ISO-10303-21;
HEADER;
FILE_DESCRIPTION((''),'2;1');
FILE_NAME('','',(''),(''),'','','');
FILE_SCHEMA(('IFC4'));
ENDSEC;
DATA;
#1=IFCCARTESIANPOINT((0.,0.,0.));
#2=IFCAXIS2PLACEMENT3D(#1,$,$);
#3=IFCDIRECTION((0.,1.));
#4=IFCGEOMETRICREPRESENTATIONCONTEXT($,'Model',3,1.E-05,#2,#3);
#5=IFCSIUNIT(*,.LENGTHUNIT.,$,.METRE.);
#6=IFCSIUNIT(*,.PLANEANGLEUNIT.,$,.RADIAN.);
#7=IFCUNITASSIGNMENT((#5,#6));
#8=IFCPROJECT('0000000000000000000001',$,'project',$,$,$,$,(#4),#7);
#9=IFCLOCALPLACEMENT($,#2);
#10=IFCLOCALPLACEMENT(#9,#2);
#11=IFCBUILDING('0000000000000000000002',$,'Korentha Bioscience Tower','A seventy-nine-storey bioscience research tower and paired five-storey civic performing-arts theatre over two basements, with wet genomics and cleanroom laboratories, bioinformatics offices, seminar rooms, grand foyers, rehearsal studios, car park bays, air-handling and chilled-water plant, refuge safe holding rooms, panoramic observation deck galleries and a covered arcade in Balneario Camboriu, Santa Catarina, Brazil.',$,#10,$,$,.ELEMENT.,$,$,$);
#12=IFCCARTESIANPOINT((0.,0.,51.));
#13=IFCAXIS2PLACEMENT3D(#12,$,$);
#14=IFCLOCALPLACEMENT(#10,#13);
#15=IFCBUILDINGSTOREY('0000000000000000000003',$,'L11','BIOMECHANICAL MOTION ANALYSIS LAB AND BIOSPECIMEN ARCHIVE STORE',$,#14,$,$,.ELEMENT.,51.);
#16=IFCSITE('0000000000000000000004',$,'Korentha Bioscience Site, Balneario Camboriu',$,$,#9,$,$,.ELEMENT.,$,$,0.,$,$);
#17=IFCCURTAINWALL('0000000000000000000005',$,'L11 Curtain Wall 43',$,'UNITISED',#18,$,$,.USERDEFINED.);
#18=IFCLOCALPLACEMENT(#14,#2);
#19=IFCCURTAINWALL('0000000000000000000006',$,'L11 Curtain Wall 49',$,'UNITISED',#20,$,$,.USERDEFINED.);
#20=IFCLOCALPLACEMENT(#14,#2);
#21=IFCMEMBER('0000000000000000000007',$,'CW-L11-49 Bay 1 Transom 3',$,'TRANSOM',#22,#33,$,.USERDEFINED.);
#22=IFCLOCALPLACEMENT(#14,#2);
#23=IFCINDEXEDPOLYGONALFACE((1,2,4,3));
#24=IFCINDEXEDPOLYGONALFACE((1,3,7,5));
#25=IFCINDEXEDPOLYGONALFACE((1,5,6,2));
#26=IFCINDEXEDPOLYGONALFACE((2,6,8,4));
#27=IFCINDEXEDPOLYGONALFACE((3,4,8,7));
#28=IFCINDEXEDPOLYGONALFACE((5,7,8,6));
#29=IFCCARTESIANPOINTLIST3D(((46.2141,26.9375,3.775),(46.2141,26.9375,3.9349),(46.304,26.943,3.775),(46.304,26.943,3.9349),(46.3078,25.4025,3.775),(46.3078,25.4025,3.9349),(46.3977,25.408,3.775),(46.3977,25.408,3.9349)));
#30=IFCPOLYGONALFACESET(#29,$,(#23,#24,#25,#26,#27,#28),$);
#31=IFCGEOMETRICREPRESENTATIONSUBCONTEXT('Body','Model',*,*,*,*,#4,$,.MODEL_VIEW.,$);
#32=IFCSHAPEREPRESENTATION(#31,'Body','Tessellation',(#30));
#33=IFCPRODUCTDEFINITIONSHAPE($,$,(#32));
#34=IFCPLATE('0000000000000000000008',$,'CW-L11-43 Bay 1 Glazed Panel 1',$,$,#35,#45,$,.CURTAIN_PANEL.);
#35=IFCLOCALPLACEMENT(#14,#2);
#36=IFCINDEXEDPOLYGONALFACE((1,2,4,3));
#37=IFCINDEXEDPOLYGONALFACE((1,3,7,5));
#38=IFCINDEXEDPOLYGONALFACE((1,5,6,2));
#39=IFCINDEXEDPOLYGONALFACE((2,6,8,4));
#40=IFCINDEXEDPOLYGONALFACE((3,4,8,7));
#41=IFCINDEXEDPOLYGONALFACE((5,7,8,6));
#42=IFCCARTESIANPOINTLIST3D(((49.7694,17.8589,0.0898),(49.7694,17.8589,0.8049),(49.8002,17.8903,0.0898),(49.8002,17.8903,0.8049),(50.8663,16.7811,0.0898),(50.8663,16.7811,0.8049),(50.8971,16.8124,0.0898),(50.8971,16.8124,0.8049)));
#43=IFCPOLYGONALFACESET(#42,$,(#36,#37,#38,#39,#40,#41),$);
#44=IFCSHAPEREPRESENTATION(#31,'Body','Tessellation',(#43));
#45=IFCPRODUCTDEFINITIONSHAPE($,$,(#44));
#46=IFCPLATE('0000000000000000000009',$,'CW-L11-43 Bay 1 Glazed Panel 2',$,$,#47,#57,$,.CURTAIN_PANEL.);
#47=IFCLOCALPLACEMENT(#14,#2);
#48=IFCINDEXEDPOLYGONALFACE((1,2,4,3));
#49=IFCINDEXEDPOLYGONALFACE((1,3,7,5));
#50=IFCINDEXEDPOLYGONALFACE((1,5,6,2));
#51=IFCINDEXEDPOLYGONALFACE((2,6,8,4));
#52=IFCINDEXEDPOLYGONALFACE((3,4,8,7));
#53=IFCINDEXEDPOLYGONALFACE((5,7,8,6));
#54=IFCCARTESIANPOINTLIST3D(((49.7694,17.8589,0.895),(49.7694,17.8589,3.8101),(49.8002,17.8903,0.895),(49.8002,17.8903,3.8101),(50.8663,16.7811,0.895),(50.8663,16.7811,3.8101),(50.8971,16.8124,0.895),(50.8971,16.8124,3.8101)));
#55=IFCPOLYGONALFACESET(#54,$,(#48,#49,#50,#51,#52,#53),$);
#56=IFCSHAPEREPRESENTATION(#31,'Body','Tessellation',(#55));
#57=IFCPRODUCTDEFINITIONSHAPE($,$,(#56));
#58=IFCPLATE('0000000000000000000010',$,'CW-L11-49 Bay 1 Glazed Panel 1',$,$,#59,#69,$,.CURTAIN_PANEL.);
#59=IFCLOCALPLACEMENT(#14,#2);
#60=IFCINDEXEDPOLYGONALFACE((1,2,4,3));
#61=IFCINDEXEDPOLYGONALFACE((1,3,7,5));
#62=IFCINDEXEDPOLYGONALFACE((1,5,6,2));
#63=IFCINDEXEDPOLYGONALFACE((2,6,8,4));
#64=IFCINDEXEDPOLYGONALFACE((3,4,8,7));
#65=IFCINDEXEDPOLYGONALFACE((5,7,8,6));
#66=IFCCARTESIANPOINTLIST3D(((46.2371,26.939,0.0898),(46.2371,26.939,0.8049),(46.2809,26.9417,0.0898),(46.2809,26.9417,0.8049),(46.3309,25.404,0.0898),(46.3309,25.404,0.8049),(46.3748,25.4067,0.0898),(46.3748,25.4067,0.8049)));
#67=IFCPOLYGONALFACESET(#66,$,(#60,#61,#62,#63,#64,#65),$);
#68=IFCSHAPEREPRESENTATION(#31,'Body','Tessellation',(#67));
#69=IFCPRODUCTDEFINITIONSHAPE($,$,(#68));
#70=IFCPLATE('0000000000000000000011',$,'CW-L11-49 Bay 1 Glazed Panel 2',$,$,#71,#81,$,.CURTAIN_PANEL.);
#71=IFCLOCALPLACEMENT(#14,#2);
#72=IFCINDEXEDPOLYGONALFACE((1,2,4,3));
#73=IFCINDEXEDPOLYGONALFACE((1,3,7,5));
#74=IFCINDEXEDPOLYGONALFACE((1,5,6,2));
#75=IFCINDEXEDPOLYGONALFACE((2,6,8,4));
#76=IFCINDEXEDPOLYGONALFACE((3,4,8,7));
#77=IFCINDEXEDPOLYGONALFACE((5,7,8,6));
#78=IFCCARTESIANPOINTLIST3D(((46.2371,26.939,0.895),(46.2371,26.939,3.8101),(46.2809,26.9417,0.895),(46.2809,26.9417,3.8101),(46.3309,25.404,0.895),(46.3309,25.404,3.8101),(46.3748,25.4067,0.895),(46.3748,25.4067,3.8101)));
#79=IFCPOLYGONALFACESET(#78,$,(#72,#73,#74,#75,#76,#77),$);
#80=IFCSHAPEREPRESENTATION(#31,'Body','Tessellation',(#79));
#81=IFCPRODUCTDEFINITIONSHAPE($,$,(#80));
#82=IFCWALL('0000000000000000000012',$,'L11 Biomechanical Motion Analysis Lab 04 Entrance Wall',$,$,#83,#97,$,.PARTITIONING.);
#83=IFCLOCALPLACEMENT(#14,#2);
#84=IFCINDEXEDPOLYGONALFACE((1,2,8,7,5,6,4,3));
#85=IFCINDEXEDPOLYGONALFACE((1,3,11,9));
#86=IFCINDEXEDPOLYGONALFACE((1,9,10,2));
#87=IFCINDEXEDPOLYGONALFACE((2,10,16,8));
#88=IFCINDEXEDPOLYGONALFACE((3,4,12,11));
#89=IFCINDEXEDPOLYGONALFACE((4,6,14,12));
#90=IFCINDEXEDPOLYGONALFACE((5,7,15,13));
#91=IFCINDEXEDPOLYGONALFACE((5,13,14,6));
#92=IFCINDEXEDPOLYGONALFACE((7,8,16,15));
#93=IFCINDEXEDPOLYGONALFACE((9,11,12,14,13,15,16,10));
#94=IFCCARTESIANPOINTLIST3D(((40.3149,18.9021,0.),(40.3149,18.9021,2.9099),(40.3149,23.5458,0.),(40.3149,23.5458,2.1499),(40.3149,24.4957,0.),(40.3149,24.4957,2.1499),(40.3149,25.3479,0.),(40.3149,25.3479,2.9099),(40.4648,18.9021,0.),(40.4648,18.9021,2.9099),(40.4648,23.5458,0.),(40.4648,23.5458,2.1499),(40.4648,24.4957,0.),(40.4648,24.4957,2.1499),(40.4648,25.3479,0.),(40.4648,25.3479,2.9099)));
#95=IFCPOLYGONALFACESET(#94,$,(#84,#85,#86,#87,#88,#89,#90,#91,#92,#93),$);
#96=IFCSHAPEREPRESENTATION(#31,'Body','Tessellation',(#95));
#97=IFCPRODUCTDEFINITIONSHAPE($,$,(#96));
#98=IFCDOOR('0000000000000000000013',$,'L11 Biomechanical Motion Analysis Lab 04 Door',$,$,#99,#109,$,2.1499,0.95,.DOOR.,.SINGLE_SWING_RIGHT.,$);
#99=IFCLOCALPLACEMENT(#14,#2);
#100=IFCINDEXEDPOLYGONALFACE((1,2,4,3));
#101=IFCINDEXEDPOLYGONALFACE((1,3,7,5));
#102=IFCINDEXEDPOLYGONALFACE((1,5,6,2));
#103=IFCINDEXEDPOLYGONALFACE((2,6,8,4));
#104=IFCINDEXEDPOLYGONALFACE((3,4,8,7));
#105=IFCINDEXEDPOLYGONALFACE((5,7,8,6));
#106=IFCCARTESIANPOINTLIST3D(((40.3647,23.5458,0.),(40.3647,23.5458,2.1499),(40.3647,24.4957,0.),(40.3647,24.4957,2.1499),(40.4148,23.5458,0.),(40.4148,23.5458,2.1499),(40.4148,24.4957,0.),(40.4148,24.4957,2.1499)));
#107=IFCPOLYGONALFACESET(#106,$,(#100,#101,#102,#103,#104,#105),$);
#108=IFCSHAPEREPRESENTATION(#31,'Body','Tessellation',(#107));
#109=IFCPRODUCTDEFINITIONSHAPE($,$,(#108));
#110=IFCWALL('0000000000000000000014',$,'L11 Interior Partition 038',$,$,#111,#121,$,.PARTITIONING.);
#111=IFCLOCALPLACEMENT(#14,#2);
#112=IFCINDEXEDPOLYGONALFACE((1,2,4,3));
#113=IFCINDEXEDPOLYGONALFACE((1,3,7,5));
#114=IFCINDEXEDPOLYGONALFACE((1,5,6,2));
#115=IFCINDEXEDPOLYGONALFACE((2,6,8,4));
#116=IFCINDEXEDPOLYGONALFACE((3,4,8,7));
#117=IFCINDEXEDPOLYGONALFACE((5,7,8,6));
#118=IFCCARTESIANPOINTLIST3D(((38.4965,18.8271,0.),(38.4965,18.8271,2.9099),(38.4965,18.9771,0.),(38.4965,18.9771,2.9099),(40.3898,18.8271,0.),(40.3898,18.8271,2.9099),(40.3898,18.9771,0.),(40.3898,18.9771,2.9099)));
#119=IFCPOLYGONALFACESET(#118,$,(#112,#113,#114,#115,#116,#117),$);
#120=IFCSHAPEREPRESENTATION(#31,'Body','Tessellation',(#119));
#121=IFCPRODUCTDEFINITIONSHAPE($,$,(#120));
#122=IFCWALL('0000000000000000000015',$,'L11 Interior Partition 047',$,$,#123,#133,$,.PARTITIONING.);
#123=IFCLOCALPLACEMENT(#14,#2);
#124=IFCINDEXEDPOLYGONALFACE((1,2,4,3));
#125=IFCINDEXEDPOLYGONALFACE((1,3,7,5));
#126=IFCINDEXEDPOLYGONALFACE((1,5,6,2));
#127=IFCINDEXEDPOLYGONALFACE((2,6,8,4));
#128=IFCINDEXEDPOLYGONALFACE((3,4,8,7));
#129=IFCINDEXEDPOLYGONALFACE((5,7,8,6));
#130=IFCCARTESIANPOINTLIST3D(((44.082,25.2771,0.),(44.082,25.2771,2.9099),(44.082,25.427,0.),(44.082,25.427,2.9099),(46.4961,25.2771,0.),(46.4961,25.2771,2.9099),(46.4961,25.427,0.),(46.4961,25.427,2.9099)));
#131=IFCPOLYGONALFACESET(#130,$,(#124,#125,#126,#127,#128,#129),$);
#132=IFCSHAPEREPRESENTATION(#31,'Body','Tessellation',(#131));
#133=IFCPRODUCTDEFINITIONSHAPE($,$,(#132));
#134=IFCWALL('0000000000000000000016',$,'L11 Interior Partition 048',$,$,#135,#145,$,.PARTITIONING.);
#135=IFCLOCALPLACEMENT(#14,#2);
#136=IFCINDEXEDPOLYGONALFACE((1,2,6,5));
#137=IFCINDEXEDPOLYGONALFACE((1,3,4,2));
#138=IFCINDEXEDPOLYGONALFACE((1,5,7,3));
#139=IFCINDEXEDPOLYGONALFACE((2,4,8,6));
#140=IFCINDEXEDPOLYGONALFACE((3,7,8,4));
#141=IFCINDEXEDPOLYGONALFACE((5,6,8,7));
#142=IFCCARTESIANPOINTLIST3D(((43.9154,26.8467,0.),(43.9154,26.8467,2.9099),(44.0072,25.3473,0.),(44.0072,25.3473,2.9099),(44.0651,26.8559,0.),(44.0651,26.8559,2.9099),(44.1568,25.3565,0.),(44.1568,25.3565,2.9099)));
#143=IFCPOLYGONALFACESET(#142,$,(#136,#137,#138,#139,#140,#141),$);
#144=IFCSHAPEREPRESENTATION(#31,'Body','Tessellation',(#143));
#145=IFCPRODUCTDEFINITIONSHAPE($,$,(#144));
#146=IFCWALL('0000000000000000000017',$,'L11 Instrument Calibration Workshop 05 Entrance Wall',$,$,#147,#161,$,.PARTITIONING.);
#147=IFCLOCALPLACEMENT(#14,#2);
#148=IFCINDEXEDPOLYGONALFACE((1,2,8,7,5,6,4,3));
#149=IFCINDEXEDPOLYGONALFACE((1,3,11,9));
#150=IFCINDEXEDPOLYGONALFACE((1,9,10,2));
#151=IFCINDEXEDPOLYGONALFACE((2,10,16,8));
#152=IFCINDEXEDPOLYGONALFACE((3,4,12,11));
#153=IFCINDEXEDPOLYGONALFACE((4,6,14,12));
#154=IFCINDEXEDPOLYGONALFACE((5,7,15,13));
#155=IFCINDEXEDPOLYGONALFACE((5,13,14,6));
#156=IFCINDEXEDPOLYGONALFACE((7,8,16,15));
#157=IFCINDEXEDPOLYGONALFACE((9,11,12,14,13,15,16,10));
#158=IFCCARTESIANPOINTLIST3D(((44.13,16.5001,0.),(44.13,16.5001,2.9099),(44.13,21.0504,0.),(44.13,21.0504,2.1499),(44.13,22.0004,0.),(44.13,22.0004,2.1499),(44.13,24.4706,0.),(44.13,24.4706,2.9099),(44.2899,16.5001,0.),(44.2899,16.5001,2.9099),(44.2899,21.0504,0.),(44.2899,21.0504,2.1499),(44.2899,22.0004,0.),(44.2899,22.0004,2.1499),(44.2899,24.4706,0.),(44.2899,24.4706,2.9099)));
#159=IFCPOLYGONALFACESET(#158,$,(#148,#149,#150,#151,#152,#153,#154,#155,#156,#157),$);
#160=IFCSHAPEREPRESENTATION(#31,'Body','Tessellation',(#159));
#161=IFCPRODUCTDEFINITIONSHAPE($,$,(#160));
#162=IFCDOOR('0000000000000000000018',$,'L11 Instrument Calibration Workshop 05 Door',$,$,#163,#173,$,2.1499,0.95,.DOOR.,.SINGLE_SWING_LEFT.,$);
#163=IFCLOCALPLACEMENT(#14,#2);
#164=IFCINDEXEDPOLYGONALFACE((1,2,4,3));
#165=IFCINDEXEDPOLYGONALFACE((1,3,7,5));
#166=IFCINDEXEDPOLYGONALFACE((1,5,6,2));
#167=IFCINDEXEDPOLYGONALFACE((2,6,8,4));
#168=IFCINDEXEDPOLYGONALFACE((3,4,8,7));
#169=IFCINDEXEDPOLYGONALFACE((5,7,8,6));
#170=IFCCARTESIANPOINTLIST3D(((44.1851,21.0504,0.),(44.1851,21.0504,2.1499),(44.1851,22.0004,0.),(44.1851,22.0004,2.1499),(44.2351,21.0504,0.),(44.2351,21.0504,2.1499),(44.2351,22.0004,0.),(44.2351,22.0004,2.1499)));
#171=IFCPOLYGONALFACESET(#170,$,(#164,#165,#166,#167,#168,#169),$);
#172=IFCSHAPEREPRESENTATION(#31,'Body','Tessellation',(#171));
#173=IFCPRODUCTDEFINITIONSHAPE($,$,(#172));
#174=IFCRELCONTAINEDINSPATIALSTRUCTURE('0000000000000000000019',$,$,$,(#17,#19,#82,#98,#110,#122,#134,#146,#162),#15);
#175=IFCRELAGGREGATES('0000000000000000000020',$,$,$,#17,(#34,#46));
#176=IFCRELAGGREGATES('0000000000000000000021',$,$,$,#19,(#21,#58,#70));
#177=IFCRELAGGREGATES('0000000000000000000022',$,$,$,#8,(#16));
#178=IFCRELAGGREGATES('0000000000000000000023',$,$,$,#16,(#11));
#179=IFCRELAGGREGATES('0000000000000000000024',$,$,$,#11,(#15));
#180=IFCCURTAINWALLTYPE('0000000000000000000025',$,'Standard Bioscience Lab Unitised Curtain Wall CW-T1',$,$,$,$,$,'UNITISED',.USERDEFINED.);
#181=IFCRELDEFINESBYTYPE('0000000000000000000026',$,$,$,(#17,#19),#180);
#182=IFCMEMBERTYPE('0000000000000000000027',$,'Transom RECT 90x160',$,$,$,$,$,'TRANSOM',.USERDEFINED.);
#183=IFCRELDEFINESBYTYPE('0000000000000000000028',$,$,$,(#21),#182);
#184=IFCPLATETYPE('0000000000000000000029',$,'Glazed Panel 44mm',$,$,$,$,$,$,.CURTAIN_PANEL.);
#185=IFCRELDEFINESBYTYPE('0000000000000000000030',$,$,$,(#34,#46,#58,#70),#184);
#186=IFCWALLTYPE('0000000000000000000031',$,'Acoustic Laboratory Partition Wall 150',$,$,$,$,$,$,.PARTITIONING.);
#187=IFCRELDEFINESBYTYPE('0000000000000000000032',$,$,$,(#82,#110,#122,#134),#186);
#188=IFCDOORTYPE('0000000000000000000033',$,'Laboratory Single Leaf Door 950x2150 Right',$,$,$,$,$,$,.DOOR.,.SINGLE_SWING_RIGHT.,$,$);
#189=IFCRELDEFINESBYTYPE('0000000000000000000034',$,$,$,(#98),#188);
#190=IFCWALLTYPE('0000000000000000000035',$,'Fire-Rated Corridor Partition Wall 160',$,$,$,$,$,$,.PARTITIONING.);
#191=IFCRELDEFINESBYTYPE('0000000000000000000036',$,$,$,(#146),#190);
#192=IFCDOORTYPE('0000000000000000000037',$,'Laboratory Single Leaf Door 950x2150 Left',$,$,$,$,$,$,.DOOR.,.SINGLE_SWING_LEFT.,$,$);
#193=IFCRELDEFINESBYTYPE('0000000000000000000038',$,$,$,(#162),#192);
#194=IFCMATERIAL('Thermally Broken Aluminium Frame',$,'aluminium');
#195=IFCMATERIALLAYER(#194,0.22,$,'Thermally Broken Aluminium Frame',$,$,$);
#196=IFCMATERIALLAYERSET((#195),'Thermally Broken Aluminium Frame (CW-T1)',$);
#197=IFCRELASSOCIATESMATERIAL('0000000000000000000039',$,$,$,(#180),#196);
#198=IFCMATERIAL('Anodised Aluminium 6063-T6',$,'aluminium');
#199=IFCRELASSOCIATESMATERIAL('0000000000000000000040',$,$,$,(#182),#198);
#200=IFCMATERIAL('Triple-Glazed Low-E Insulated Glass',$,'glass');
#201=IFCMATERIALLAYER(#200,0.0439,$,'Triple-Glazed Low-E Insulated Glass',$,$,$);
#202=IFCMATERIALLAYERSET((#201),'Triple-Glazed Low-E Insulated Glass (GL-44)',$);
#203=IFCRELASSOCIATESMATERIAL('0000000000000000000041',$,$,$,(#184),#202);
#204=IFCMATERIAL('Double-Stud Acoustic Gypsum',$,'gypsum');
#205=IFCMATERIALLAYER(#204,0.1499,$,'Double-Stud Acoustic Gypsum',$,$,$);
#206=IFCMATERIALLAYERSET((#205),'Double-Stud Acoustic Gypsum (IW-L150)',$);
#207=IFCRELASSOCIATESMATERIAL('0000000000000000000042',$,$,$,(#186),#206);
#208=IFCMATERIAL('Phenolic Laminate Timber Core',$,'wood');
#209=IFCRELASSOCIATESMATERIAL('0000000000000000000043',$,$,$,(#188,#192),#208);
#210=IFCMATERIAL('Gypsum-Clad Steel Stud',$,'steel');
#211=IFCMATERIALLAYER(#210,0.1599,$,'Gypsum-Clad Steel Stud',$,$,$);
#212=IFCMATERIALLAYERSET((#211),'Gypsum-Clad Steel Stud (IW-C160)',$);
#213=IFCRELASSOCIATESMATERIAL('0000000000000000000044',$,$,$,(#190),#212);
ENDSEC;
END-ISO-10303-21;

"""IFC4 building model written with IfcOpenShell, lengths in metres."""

from ifc_helpers import new_model, si_unit, direction, frame, frame_2d, origin, origin_2d, place, context, subcontext, project, spatial, rectangle, extrude, material, layer, layer_set, material_profile, profile_set, type_object, element, fill, aggregate, save


model = new_model("IFC4")

# Units and contexts
model_context = context("Model", 3, precision=1e-05, world=origin(), true_north=direction((0.0, 1.0)))
body_context = subcontext(model_context, "Body", "Model", "MODEL_VIEW")
ifc_project = project(units=[si_unit("LENGTHUNIT", "METRE"), si_unit("PLANEANGLEUNIT", "RADIAN")], contexts=[model_context])

# Site, building, storey
site_placement = place(None, origin())
site = spatial("IfcSite", under=ifc_project, at=site_placement, Name="Korentha Bioscience Site, Balneario Camboriu", CompositionType="ELEMENT", RefElevation=0.0)
building_placement = place(site_placement, origin())
building = spatial("IfcBuilding", under=site, at=building_placement, Name="Korentha Bioscience Tower", Description="A seventy-nine-storey bioscience research tower and paired five-storey civic performing-arts theatre over two basements, with wet genomics and cleanroom laboratories, bioinformatics offices, seminar rooms, grand foyers, rehearsal studios, car park bays, air-handling and chilled-water plant, refuge safe holding rooms, panoramic observation deck galleries and a covered arcade in Balneario Camboriu, Santa Catarina, Brazil.", CompositionType="ELEMENT")
storey_placement = place(building_placement, frame((0.0, 0.0, 51.0)))
storey = spatial("IfcBuildingStorey", under=building, at=storey_placement, Name="L11", Description="BIOMECHANICAL MOTION ANALYSIS LAB AND BIOSPECIMEN ARCHIVE STORE", CompositionType="ELEMENT", Elevation=51.0)

# Curtain wall
ifc_material_1 = material(Name="Thermally Broken Aluminium Frame", Category="aluminium")
ifc_layer_1 = layer(ifc_material_1, 0.22, Name="Thermally Broken Aluminium Frame")
ifc_layer_set_1 = layer_set([ifc_layer_1], Name="Thermally Broken Aluminium Frame (CW-T1)")
curtain_wall_type = type_object("IfcCurtainWallType", Name="Standard Bioscience Lab Unitised Curtain Wall CW-T1", ElementType="UNITISED", PredefinedType="USERDEFINED", material=ifc_layer_set_1)
curtain_wall_1_placement = place(storey_placement, origin())
curtain_wall_1 = element("IfcCurtainWall", 1, at=curtain_wall_1_placement, inside=storey, type_object=curtain_wall_type, Name="L11 Curtain Wall 43", ObjectType="UNITISED", PredefinedType="USERDEFINED")
ifc_material_2 = material(Name="Anodised Aluminium 6063-T6", Category="aluminium")

# Curtain wall
curtain_wall_2_placement = place(storey_placement, origin())
curtain_wall_2 = element("IfcCurtainWall", 2, at=curtain_wall_2_placement, inside=storey, type_object=curtain_wall_type, Name="L11 Curtain Wall 49", ObjectType="UNITISED", PredefinedType="USERDEFINED")

# Member
ifc_material_profile_1 = material_profile(ifc_material_2, rectangle(XDim=0.0901, YDim=0.1599, at=origin_2d()), Name="Anodised Aluminium 6063-T6")
ifc_profile_set_1 = profile_set([ifc_material_profile_1], Name="Anodised Aluminium 6063-T6 (CW-TRN)")
member_type_1 = type_object("IfcMemberType", Name="Transom RECT 90x160", ElementType="TRANSOM", PredefinedType="USERDEFINED", material=ifc_profile_set_1)
member_1_placement = place(storey_placement, frame((46.3528, 25.4053, 3.855), z_axis=(-0.060965, 0.99814, 0.0), x_axis=(-0.99814, -0.060965, 0.0)))
member_1 = element("IfcMember", 3, at=member_1_placement, type_object=member_type_1, Name="CW-L11-49 Bay 1 Transom 3", ObjectType="TRANSOM", PredefinedType="USERDEFINED", context=body_context, shape_type="SweptSolid", body=[
    extrude(rectangle(XDim=0.0901, YDim=0.1599, at=origin_2d()), origin(), (0.0, 0.0, 1.0), 1.5378),
])

# Plates
ifc_material_3 = material(Name="Triple-Glazed Low-E Insulated Glass", Category="glass")
ifc_layer_2 = layer(ifc_material_3, 0.0439, Name="Triple-Glazed Low-E Insulated Glass")
ifc_layer_set_2 = layer_set([ifc_layer_2], Name="Triple-Glazed Low-E Insulated Glass (GL-44)")
plate_type = type_object("IfcPlateType", Name="Glazed Panel 44mm", PredefinedType="CURTAIN_PANEL", material=ifc_layer_set_2)
plate_1_placement = place(storey_placement, frame((50.3333, 17.3357, 0.0898), z_axis=(0.0, 0.0, 1.0), x_axis=(-0.713279, 0.70088, 0.0)))
plate_1 = element("IfcPlate", 4, at=plate_1_placement, type_object=plate_type, Name="CW-L11-43 Bay 1 Glazed Panel 1", PredefinedType="CURTAIN_PANEL", context=body_context, shape_type="SweptSolid", body=[
    extrude(rectangle(XDim=1.5378, YDim=0.0439, at=origin_2d()), origin(), (0.0, 0.0, 1.0), 0.7151),
])
plate_2_placement = place(storey_placement, frame((50.3333, 17.3357, 0.895), z_axis=(0.0, 0.0, 1.0), x_axis=(-0.713279, 0.70088, 0.0)))
plate_2 = element("IfcPlate", 5, at=plate_2_placement, type_object=plate_type, Name="CW-L11-43 Bay 1 Glazed Panel 2", PredefinedType="CURTAIN_PANEL", context=body_context, shape_type="SweptSolid", body=[
    extrude(rectangle(XDim=1.5378, YDim=0.0439, at=origin_2d()), origin(), (0.0, 0.0, 1.0), 2.915),
])
aggregate(curtain_wall_1, [plate_1, plate_2])
plate_3_placement = place(storey_placement, frame((46.3059, 26.1729, 0.0898), z_axis=(0.0, 0.0, 1.0), x_axis=(-0.061008, 0.998137, 0.0)))
plate_3 = element("IfcPlate", 6, at=plate_3_placement, type_object=plate_type, Name="CW-L11-49 Bay 1 Glazed Panel 1", PredefinedType="CURTAIN_PANEL", context=body_context, shape_type="SweptSolid", body=[
    extrude(rectangle(XDim=1.5378, YDim=0.0439, at=origin_2d()), origin(), (0.0, 0.0, 1.0), 0.7151),
])
plate_4_placement = place(storey_placement, frame((46.3059, 26.1729, 0.895), z_axis=(0.0, 0.0, 1.0), x_axis=(-0.061008, 0.998137, 0.0)))
plate_4 = element("IfcPlate", 7, at=plate_4_placement, type_object=plate_type, Name="CW-L11-49 Bay 1 Glazed Panel 2", PredefinedType="CURTAIN_PANEL", context=body_context, shape_type="SweptSolid", body=[
    extrude(rectangle(XDim=1.5378, YDim=0.0439, at=origin_2d()), origin(), (0.0, 0.0, 1.0), 2.915),
])
aggregate(curtain_wall_2, [member_1, plate_3, plate_4])

# Wall, opening, door
ifc_material_4 = material(Name="Double-Stud Acoustic Gypsum", Category="gypsum")
ifc_layer_3 = layer(ifc_material_4, 0.1499, Name="Double-Stud Acoustic Gypsum")
ifc_layer_set_3 = layer_set([ifc_layer_3], Name="Double-Stud Acoustic Gypsum (IW-L150)")
wall_type_1 = type_object("IfcWallType", Name="Acoustic Laboratory Partition Wall 150", PredefinedType="PARTITIONING", material=ifc_layer_set_3)
wall_1_placement = place(storey_placement, frame((40.3899, 25.3479, 0.0), z_axis=(0.0, 0.0, 1.0), x_axis=(0.0, -1.0, 0.0)))
wall_1 = element("IfcWall", 8, at=wall_1_placement, inside=storey, type_object=wall_type_1, Name="L11 Biomechanical Motion Analysis Lab 04 Entrance Wall", PredefinedType="PARTITIONING", context=body_context, shape_type="SweptSolid", body=[
    extrude(rectangle(XDim=6.4458, YDim=0.1499, at=frame_2d((3.2229, 0.0))), origin(), (0.0, 0.0, 1.0), 2.9099),
])
opening_1_placement = place(wall_1_placement, frame((0.8521, 0.0, 0.0)))
opening_1 = element("IfcOpeningElement", 9, at=opening_1_placement, cuts=wall_1, PredefinedType="OPENING", context=body_context, shape_type="SweptSolid", body=[
    extrude(rectangle(XDim=0.95, YDim=2.1499, at=frame_2d((0.4751, 1.075))), frame((0.0, 0.0898, 0.0), z_axis=(0.0, -1.0, 0.0), x_axis=(1.0, 0.0, 0.0)), (0.0, 0.0, 1.0), 0.1797),
])
ifc_material_5 = material(Name="Phenolic Laminate Timber Core", Category="wood")
door_type_1 = type_object("IfcDoorType", Name="Laboratory Single Leaf Door 950x2150 Right", OperationType="SINGLE_SWING_RIGHT", PredefinedType="DOOR", material=ifc_material_5)
door_1_placement = place(opening_1_placement, origin())
door_1 = element("IfcDoor", 10, at=door_1_placement, inside=storey, type_object=door_type_1, Name="L11 Biomechanical Motion Analysis Lab 04 Door", OperationType="SINGLE_SWING_RIGHT", OverallHeight=2.1499, OverallWidth=0.95, PredefinedType="DOOR", context=body_context, shape_type="SweptSolid", body=[
    extrude(rectangle(XDim=0.95, YDim=2.1499, at=frame_2d((0.4751, 1.075))), frame((0.0, 0.0249, 0.0), z_axis=(0.0, -1.0, 0.0), x_axis=(1.0, 0.0, 0.0)), (0.0, 0.0, 1.0), 0.05),
])
fill(opening_1, door_1)

# Walls
wall_2_placement = place(storey_placement, frame((40.3899, 18.9021, 0.0), z_axis=(0.0, 0.0, 1.0), x_axis=(-1.0, 0.0, 0.0)))
element("IfcWall", 11, at=wall_2_placement, inside=storey, type_object=wall_type_1, Name="L11 Interior Partition 038", PredefinedType="PARTITIONING", context=body_context, shape_type="SweptSolid", body=[
    extrude(rectangle(XDim=1.8933, YDim=0.1499, at=frame_2d((0.9468, 0.0))), origin(), (0.0, 0.0, 1.0), 2.9099),
])
wall_3_placement = place(storey_placement, frame((46.4961, 25.3521, 0.0), z_axis=(0.0, 0.0, 1.0), x_axis=(-1.0, 0.0, 0.0)))
element("IfcWall", 12, at=wall_3_placement, inside=storey, type_object=wall_type_1, Name="L11 Interior Partition 047", PredefinedType="PARTITIONING", context=body_context, shape_type="SweptSolid", body=[
    extrude(rectangle(XDim=2.4141, YDim=0.1499, at=frame_2d((1.207, 0.0))), origin(), (0.0, 0.0, 1.0), 2.9099),
])
wall_4_placement = place(storey_placement, frame((44.082, 25.3521, 0.0), z_axis=(0.0, 0.0, 1.0), x_axis=(-0.061103, 0.998131, 0.0)))
element("IfcWall", 13, at=wall_4_placement, inside=storey, type_object=wall_type_1, Name="L11 Interior Partition 048", PredefinedType="PARTITIONING", context=body_context, shape_type="SweptSolid", body=[
    extrude(rectangle(XDim=1.5022, YDim=0.1499, at=frame_2d((0.751, 0.0))), origin(), (0.0, 0.0, 1.0), 2.9099),
])

# Wall, opening, door
ifc_material_6 = material(Name="Gypsum-Clad Steel Stud", Category="steel")
ifc_layer_4 = layer(ifc_material_6, 0.1599, Name="Gypsum-Clad Steel Stud")
ifc_layer_set_4 = layer_set([ifc_layer_4], Name="Gypsum-Clad Steel Stud (IW-C160)")
wall_type_2 = type_object("IfcWallType", Name="Fire-Rated Corridor Partition Wall 160", PredefinedType="PARTITIONING", material=ifc_layer_set_4)
wall_5_placement = place(storey_placement, frame((44.21, 16.5, 0.0), z_axis=(0.0, 0.0, 1.0), x_axis=(0.0, 1.0, 0.0)))
wall_5 = element("IfcWall", 14, at=wall_5_placement, inside=storey, type_object=wall_type_2, Name="L11 Instrument Calibration Workshop 05 Entrance Wall", PredefinedType="PARTITIONING", context=body_context, shape_type="SweptSolid", body=[
    extrude(rectangle(XDim=7.9705, YDim=0.1599, at=frame_2d((3.9854, 0.0))), origin(), (0.0, 0.0, 1.0), 2.9099),
])
opening_2_placement = place(wall_5_placement, frame((4.5503, 0.0, 0.0)))
opening_2 = element("IfcOpeningElement", 15, at=opening_2_placement, cuts=wall_5, PredefinedType="OPENING", context=body_context, shape_type="SweptSolid", body=[
    extrude(rectangle(XDim=0.95, YDim=2.1499, at=frame_2d((0.4751, 1.075))), frame((0.0, 0.0947, 0.0), z_axis=(0.0, -1.0, 0.0), x_axis=(1.0, 0.0, 0.0)), (0.0, 0.0, 1.0), 0.1897),
])
door_type_2 = type_object("IfcDoorType", Name="Laboratory Single Leaf Door 950x2150 Left", OperationType="SINGLE_SWING_LEFT", PredefinedType="DOOR", material=ifc_material_5)
door_2_placement = place(opening_2_placement, origin())
door_2 = element("IfcDoor", 16, at=door_2_placement, inside=storey, type_object=door_type_2, Name="L11 Instrument Calibration Workshop 05 Door", OperationType="SINGLE_SWING_LEFT", OverallHeight=2.1499, OverallWidth=0.95, PredefinedType="DOOR", context=body_context, shape_type="SweptSolid", body=[
    extrude(rectangle(XDim=0.95, YDim=2.1499, at=frame_2d((0.4751, 1.075))), frame((0.0, 0.0249, 0.0), z_axis=(0.0, -1.0, 0.0), x_axis=(1.0, 0.0, 0.0)), (0.0, 0.0, 1.0), 0.05),
])
fill(opening_2, door_2)

save(model, "model.ifc")
